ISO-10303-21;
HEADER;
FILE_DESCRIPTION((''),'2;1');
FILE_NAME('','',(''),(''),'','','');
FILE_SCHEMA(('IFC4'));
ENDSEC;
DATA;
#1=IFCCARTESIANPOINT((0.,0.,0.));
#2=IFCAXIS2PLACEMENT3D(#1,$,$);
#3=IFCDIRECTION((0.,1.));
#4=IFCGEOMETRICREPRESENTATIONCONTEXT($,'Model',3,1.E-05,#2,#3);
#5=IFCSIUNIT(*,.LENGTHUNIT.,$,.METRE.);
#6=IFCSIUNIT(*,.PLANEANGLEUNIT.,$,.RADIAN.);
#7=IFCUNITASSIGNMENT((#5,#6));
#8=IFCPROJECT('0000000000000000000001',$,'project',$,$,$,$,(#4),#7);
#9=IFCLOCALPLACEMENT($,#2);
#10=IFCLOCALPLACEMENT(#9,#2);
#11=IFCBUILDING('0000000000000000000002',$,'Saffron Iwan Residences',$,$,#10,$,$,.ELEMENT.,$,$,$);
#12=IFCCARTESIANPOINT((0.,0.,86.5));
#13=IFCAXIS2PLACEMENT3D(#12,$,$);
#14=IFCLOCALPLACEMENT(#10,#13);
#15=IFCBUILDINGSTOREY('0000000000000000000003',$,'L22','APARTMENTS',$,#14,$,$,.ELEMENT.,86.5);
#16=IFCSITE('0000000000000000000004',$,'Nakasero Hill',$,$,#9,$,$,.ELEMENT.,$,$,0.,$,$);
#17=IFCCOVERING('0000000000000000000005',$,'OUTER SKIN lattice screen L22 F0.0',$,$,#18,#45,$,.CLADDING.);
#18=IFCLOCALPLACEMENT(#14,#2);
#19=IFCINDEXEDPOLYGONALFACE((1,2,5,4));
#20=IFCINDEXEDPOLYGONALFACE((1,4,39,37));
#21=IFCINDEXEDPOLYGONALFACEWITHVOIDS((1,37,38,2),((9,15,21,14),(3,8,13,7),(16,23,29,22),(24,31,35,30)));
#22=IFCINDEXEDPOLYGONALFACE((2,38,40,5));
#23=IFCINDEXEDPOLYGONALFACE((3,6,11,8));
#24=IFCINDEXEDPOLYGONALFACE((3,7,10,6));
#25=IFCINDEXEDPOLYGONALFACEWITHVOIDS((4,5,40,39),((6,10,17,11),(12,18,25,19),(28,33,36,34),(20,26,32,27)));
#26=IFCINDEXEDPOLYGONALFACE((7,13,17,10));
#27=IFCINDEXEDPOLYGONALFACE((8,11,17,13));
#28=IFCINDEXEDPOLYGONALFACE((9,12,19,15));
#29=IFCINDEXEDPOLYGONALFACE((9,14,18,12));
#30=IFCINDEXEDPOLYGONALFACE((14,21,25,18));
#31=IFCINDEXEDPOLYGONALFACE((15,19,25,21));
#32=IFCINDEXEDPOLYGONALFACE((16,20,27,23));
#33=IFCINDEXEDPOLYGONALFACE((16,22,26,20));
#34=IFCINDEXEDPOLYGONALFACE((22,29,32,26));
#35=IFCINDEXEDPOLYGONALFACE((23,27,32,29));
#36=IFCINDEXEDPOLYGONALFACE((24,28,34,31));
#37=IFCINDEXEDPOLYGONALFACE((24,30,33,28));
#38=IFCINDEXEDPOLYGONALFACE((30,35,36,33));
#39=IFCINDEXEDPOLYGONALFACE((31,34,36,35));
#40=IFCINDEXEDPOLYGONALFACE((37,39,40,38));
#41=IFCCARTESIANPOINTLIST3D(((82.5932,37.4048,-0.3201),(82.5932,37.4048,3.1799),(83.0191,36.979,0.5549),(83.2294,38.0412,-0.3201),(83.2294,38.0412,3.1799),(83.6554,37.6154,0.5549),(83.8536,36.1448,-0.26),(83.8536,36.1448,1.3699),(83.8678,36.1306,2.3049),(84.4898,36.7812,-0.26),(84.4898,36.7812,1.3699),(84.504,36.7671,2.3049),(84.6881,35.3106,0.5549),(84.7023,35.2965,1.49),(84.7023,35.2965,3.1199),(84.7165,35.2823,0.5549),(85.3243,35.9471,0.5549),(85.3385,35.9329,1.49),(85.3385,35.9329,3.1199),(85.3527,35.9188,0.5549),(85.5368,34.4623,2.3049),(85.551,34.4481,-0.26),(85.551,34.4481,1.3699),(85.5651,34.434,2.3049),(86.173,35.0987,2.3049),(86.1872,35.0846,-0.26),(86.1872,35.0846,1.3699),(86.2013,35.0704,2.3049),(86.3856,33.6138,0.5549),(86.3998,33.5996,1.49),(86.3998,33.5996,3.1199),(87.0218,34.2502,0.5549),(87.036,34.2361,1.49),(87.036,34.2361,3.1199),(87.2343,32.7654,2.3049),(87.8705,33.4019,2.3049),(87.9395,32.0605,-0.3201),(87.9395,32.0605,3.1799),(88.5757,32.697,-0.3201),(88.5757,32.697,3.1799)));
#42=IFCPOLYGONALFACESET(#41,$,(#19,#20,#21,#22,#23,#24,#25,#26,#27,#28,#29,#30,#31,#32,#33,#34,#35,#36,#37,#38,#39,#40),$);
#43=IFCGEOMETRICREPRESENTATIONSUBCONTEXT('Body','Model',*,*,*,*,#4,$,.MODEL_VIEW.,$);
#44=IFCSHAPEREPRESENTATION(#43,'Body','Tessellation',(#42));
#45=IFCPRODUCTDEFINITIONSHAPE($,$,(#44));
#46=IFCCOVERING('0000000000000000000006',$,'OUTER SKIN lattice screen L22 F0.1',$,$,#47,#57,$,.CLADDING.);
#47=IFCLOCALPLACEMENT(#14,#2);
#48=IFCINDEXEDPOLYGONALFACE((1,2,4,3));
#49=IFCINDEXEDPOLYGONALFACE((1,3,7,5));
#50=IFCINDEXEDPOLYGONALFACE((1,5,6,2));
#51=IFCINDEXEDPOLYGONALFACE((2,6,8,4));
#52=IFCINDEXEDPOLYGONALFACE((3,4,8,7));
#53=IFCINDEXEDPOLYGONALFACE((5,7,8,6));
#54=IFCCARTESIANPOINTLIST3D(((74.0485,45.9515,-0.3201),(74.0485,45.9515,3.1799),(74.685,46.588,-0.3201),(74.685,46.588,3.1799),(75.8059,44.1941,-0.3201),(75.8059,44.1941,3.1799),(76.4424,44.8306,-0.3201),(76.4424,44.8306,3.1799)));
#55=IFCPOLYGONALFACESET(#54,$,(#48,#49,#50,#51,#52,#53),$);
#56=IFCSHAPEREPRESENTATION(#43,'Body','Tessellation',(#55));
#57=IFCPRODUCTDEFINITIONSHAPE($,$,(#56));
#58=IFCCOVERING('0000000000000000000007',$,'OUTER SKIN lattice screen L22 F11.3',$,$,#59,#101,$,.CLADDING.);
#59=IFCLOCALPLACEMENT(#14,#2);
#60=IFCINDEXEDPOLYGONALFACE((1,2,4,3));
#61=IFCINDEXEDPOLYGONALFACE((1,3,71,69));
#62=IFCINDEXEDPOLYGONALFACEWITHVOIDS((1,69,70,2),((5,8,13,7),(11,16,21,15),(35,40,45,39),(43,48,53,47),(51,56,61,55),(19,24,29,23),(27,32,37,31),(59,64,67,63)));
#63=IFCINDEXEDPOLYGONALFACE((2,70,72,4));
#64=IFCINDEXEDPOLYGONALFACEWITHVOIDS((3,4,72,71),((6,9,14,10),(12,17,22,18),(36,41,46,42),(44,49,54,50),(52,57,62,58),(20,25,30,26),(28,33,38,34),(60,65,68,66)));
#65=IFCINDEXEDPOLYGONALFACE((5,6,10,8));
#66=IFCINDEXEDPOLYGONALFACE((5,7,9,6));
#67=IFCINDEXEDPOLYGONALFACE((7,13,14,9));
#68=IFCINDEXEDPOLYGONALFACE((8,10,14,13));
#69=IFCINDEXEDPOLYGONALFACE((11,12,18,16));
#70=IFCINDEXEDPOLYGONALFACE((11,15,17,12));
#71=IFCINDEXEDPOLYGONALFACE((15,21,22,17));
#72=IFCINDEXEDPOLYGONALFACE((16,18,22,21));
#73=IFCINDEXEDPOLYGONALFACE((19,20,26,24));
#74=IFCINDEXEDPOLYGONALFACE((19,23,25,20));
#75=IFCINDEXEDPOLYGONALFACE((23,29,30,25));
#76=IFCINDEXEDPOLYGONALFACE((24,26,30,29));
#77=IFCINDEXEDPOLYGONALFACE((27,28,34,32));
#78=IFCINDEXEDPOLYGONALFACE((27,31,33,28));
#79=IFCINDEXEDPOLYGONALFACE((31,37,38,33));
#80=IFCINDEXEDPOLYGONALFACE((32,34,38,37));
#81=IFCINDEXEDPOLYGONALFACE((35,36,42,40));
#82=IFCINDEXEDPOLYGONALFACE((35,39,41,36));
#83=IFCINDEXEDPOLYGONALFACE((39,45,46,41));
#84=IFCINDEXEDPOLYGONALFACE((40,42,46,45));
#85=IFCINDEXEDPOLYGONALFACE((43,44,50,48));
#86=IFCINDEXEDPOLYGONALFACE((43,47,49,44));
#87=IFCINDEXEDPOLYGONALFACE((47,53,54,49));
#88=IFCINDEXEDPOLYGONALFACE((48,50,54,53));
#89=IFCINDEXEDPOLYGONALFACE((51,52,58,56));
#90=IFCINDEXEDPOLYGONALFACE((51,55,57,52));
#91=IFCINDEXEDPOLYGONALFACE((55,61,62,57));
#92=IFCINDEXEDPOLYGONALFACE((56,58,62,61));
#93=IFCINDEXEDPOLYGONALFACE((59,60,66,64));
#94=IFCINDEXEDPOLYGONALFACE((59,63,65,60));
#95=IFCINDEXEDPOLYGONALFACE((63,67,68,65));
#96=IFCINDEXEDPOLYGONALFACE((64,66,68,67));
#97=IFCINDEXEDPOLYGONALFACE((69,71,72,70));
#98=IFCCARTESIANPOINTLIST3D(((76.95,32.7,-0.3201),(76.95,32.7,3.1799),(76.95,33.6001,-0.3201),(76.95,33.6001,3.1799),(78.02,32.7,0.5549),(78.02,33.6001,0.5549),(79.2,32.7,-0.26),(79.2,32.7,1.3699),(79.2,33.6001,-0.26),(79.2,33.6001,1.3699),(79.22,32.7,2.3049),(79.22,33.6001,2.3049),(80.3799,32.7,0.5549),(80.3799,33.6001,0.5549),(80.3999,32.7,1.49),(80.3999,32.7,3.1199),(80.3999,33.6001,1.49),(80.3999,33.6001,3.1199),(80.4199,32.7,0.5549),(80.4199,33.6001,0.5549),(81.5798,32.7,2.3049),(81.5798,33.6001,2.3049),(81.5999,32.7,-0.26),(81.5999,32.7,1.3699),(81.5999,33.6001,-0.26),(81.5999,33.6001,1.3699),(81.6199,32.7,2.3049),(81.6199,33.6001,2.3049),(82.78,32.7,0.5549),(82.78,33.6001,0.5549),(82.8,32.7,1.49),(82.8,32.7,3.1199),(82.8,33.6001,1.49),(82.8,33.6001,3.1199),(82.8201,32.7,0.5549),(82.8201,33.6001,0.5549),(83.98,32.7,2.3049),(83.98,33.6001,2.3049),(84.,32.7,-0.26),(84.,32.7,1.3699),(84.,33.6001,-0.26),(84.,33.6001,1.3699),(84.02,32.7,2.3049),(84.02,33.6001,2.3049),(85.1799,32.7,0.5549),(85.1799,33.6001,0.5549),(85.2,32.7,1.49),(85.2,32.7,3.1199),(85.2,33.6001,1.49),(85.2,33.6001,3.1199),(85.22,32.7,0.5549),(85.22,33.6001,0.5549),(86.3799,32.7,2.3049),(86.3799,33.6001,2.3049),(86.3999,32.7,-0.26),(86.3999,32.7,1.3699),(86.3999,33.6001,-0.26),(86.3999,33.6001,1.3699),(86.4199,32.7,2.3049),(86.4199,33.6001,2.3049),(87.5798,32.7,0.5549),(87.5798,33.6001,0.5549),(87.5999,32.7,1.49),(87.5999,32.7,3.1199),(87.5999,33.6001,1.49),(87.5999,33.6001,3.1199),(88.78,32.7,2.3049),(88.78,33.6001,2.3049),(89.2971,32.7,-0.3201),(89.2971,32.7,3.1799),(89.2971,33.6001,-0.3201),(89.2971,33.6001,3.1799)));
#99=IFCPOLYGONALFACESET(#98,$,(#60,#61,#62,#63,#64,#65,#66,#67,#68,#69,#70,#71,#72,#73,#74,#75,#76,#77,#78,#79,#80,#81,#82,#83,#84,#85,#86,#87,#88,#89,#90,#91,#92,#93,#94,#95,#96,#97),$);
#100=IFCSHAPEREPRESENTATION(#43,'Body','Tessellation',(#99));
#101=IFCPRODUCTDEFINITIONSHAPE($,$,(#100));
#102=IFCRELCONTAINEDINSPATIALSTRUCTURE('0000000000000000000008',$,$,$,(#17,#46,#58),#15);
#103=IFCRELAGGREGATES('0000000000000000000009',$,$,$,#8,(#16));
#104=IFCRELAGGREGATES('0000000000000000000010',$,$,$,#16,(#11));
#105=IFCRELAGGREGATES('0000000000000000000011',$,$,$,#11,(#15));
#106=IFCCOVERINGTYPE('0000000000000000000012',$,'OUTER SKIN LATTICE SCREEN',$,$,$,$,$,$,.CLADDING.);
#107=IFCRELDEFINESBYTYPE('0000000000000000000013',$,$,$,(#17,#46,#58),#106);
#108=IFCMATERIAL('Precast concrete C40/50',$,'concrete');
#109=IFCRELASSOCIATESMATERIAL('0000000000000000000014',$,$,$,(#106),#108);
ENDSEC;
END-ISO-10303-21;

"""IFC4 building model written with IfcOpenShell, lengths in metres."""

from ifc_helpers import new_model, si_unit, direction, frame, origin, place, context, subcontext, project, spatial, polyline, outline, extrude, material, type_object, element, save


model = new_model("IFC4")

# Units and contexts
model_context = context("Model", 3, precision=1e-05, world=origin(), true_north=direction((0.0, 1.0)))
body_context = subcontext(model_context, "Body", "Model", "MODEL_VIEW")
ifc_project = project(units=[si_unit("LENGTHUNIT", "METRE"), si_unit("PLANEANGLEUNIT", "RADIAN")], contexts=[model_context])

# Site, building, storey
site_placement = place(None, origin())
site = spatial("IfcSite", under=ifc_project, at=site_placement, Name="Nakasero Hill", CompositionType="ELEMENT", RefElevation=0.0)
building_placement = place(site_placement, origin())
building = spatial("IfcBuilding", under=site, at=building_placement, Name="Saffron Iwan Residences", CompositionType="ELEMENT")
storey_placement = place(building_placement, frame((0.0, 0.0, 86.5)))
storey = spatial("IfcBuildingStorey", under=building, at=storey_placement, Name="L22", Description="APARTMENTS", CompositionType="ELEMENT", Elevation=86.5)

# Coverings
ifc_material_1 = material(Name="Precast concrete C40/50", Category="concrete")
covering_type = type_object("IfcCoveringType", Name="OUTER SKIN LATTICE SCREEN", PredefinedType="CLADDING", material=ifc_material_1)
covering_1_placement = place(storey_placement, frame((87.9395, 32.0605, -0.3201), z_axis=(0.706971, 0.707242, 0.0), x_axis=(-0.707242, 0.706971, 0.0)))
element("IfcCovering", 1, at=covering_1_placement, inside=storey, type_object=covering_type, Name="OUTER SKIN lattice screen L22 F0.0", PredefinedType="CLADDING", context=body_context, shape_type="SweptSolid", body=[
    extrude(outline(polyline([(0.0, 0.0), (7.5593, 0.0), (7.5593, 3.5), (0.0, 3.5), (0.0, 0.0)]), holes=[polyline([(2.197, 0.875), (3.3772, 0.0601), (4.5571, 0.875), (3.3772, 1.6899), (2.197, 0.875)]), polyline([(4.5972, 0.875), (5.7771, 0.0601), (6.957, 0.875), (5.7771, 1.6899), (4.5972, 0.875)]), polyline([(0.9971, 2.625), (2.177, 1.8101), (3.3572, 2.625), (2.177, 3.4399), (0.9971, 2.625)]), polyline([(3.3972, 2.625), (4.5771, 1.8101), (5.7571, 2.625), (4.5771, 3.4399), (3.3972, 2.625)])]), origin(), (0.0, 0.0, 1.0), 0.8999),
])
covering_2_placement = place(storey_placement, frame((75.8059, 44.1941, -0.3201), z_axis=(0.707107, 0.707107, 0.0), x_axis=(-0.707107, 0.707107, 0.0)))
element("IfcCovering", 2, at=covering_2_placement, inside=storey, type_object=covering_type, Name="OUTER SKIN lattice screen L22 F0.1", PredefinedType="CLADDING", context=body_context, shape_type="SweptSolid", body=[
    extrude(outline(polyline([(0.0, 0.0), (2.4854, 0.0), (2.4854, 3.5), (0.0, 3.5), (0.0, 0.0)])), origin(), (0.0, 0.0, 1.0), 0.9001),
])
covering_3_placement = place(storey_placement, frame((76.95, 33.6001, -0.3201), z_axis=(0.0, -1.0, 0.0), x_axis=(1.0, 0.0, 0.0)))
element("IfcCovering", 3, at=covering_3_placement, inside=storey, type_object=covering_type, Name="OUTER SKIN lattice screen L22 F11.3", PredefinedType="CLADDING", context=body_context, shape_type="SweptSolid", body=[
    extrude(outline(polyline([(0.0, 0.0), (12.3472, 0.0), (12.3472, 3.5), (0.0, 3.5), (0.0, 0.0)]), holes=[polyline([(1.0701, 0.875), (2.25, 0.0601), (3.4299, 0.875), (2.25, 1.6899), (1.0701, 0.875)]), polyline([(3.47, 0.875), (4.6499, 0.0601), (5.8301, 0.875), (4.6499, 1.6899), (3.47, 0.875)]), polyline([(5.8701, 0.875), (7.05, 0.0601), (8.23, 0.875), (7.05, 1.6899), (5.8701, 0.875)]), polyline([(8.27, 0.875), (9.45, 0.0601), (10.6299, 0.875), (9.45, 1.6899), (8.27, 0.875)]), polyline([(2.27, 2.625), (3.45, 1.8101), (4.6299, 2.625), (3.45, 3.4399), (2.27, 2.625)]), polyline([(4.6699, 2.625), (5.8501, 1.8101), (7.03, 2.625), (5.8501, 3.4399), (4.6699, 2.625)]), polyline([(7.0701, 2.625), (8.25, 1.8101), (9.4299, 2.625), (8.25, 3.4399), (7.0701, 2.625)]), polyline([(9.47, 2.625), (10.6499, 1.8101), (11.8301, 2.625), (10.6499, 3.4399), (9.47, 2.625)])]), origin(), (0.0, 0.0, 1.0), 0.9001),
])

save(model, "model.ifc")
